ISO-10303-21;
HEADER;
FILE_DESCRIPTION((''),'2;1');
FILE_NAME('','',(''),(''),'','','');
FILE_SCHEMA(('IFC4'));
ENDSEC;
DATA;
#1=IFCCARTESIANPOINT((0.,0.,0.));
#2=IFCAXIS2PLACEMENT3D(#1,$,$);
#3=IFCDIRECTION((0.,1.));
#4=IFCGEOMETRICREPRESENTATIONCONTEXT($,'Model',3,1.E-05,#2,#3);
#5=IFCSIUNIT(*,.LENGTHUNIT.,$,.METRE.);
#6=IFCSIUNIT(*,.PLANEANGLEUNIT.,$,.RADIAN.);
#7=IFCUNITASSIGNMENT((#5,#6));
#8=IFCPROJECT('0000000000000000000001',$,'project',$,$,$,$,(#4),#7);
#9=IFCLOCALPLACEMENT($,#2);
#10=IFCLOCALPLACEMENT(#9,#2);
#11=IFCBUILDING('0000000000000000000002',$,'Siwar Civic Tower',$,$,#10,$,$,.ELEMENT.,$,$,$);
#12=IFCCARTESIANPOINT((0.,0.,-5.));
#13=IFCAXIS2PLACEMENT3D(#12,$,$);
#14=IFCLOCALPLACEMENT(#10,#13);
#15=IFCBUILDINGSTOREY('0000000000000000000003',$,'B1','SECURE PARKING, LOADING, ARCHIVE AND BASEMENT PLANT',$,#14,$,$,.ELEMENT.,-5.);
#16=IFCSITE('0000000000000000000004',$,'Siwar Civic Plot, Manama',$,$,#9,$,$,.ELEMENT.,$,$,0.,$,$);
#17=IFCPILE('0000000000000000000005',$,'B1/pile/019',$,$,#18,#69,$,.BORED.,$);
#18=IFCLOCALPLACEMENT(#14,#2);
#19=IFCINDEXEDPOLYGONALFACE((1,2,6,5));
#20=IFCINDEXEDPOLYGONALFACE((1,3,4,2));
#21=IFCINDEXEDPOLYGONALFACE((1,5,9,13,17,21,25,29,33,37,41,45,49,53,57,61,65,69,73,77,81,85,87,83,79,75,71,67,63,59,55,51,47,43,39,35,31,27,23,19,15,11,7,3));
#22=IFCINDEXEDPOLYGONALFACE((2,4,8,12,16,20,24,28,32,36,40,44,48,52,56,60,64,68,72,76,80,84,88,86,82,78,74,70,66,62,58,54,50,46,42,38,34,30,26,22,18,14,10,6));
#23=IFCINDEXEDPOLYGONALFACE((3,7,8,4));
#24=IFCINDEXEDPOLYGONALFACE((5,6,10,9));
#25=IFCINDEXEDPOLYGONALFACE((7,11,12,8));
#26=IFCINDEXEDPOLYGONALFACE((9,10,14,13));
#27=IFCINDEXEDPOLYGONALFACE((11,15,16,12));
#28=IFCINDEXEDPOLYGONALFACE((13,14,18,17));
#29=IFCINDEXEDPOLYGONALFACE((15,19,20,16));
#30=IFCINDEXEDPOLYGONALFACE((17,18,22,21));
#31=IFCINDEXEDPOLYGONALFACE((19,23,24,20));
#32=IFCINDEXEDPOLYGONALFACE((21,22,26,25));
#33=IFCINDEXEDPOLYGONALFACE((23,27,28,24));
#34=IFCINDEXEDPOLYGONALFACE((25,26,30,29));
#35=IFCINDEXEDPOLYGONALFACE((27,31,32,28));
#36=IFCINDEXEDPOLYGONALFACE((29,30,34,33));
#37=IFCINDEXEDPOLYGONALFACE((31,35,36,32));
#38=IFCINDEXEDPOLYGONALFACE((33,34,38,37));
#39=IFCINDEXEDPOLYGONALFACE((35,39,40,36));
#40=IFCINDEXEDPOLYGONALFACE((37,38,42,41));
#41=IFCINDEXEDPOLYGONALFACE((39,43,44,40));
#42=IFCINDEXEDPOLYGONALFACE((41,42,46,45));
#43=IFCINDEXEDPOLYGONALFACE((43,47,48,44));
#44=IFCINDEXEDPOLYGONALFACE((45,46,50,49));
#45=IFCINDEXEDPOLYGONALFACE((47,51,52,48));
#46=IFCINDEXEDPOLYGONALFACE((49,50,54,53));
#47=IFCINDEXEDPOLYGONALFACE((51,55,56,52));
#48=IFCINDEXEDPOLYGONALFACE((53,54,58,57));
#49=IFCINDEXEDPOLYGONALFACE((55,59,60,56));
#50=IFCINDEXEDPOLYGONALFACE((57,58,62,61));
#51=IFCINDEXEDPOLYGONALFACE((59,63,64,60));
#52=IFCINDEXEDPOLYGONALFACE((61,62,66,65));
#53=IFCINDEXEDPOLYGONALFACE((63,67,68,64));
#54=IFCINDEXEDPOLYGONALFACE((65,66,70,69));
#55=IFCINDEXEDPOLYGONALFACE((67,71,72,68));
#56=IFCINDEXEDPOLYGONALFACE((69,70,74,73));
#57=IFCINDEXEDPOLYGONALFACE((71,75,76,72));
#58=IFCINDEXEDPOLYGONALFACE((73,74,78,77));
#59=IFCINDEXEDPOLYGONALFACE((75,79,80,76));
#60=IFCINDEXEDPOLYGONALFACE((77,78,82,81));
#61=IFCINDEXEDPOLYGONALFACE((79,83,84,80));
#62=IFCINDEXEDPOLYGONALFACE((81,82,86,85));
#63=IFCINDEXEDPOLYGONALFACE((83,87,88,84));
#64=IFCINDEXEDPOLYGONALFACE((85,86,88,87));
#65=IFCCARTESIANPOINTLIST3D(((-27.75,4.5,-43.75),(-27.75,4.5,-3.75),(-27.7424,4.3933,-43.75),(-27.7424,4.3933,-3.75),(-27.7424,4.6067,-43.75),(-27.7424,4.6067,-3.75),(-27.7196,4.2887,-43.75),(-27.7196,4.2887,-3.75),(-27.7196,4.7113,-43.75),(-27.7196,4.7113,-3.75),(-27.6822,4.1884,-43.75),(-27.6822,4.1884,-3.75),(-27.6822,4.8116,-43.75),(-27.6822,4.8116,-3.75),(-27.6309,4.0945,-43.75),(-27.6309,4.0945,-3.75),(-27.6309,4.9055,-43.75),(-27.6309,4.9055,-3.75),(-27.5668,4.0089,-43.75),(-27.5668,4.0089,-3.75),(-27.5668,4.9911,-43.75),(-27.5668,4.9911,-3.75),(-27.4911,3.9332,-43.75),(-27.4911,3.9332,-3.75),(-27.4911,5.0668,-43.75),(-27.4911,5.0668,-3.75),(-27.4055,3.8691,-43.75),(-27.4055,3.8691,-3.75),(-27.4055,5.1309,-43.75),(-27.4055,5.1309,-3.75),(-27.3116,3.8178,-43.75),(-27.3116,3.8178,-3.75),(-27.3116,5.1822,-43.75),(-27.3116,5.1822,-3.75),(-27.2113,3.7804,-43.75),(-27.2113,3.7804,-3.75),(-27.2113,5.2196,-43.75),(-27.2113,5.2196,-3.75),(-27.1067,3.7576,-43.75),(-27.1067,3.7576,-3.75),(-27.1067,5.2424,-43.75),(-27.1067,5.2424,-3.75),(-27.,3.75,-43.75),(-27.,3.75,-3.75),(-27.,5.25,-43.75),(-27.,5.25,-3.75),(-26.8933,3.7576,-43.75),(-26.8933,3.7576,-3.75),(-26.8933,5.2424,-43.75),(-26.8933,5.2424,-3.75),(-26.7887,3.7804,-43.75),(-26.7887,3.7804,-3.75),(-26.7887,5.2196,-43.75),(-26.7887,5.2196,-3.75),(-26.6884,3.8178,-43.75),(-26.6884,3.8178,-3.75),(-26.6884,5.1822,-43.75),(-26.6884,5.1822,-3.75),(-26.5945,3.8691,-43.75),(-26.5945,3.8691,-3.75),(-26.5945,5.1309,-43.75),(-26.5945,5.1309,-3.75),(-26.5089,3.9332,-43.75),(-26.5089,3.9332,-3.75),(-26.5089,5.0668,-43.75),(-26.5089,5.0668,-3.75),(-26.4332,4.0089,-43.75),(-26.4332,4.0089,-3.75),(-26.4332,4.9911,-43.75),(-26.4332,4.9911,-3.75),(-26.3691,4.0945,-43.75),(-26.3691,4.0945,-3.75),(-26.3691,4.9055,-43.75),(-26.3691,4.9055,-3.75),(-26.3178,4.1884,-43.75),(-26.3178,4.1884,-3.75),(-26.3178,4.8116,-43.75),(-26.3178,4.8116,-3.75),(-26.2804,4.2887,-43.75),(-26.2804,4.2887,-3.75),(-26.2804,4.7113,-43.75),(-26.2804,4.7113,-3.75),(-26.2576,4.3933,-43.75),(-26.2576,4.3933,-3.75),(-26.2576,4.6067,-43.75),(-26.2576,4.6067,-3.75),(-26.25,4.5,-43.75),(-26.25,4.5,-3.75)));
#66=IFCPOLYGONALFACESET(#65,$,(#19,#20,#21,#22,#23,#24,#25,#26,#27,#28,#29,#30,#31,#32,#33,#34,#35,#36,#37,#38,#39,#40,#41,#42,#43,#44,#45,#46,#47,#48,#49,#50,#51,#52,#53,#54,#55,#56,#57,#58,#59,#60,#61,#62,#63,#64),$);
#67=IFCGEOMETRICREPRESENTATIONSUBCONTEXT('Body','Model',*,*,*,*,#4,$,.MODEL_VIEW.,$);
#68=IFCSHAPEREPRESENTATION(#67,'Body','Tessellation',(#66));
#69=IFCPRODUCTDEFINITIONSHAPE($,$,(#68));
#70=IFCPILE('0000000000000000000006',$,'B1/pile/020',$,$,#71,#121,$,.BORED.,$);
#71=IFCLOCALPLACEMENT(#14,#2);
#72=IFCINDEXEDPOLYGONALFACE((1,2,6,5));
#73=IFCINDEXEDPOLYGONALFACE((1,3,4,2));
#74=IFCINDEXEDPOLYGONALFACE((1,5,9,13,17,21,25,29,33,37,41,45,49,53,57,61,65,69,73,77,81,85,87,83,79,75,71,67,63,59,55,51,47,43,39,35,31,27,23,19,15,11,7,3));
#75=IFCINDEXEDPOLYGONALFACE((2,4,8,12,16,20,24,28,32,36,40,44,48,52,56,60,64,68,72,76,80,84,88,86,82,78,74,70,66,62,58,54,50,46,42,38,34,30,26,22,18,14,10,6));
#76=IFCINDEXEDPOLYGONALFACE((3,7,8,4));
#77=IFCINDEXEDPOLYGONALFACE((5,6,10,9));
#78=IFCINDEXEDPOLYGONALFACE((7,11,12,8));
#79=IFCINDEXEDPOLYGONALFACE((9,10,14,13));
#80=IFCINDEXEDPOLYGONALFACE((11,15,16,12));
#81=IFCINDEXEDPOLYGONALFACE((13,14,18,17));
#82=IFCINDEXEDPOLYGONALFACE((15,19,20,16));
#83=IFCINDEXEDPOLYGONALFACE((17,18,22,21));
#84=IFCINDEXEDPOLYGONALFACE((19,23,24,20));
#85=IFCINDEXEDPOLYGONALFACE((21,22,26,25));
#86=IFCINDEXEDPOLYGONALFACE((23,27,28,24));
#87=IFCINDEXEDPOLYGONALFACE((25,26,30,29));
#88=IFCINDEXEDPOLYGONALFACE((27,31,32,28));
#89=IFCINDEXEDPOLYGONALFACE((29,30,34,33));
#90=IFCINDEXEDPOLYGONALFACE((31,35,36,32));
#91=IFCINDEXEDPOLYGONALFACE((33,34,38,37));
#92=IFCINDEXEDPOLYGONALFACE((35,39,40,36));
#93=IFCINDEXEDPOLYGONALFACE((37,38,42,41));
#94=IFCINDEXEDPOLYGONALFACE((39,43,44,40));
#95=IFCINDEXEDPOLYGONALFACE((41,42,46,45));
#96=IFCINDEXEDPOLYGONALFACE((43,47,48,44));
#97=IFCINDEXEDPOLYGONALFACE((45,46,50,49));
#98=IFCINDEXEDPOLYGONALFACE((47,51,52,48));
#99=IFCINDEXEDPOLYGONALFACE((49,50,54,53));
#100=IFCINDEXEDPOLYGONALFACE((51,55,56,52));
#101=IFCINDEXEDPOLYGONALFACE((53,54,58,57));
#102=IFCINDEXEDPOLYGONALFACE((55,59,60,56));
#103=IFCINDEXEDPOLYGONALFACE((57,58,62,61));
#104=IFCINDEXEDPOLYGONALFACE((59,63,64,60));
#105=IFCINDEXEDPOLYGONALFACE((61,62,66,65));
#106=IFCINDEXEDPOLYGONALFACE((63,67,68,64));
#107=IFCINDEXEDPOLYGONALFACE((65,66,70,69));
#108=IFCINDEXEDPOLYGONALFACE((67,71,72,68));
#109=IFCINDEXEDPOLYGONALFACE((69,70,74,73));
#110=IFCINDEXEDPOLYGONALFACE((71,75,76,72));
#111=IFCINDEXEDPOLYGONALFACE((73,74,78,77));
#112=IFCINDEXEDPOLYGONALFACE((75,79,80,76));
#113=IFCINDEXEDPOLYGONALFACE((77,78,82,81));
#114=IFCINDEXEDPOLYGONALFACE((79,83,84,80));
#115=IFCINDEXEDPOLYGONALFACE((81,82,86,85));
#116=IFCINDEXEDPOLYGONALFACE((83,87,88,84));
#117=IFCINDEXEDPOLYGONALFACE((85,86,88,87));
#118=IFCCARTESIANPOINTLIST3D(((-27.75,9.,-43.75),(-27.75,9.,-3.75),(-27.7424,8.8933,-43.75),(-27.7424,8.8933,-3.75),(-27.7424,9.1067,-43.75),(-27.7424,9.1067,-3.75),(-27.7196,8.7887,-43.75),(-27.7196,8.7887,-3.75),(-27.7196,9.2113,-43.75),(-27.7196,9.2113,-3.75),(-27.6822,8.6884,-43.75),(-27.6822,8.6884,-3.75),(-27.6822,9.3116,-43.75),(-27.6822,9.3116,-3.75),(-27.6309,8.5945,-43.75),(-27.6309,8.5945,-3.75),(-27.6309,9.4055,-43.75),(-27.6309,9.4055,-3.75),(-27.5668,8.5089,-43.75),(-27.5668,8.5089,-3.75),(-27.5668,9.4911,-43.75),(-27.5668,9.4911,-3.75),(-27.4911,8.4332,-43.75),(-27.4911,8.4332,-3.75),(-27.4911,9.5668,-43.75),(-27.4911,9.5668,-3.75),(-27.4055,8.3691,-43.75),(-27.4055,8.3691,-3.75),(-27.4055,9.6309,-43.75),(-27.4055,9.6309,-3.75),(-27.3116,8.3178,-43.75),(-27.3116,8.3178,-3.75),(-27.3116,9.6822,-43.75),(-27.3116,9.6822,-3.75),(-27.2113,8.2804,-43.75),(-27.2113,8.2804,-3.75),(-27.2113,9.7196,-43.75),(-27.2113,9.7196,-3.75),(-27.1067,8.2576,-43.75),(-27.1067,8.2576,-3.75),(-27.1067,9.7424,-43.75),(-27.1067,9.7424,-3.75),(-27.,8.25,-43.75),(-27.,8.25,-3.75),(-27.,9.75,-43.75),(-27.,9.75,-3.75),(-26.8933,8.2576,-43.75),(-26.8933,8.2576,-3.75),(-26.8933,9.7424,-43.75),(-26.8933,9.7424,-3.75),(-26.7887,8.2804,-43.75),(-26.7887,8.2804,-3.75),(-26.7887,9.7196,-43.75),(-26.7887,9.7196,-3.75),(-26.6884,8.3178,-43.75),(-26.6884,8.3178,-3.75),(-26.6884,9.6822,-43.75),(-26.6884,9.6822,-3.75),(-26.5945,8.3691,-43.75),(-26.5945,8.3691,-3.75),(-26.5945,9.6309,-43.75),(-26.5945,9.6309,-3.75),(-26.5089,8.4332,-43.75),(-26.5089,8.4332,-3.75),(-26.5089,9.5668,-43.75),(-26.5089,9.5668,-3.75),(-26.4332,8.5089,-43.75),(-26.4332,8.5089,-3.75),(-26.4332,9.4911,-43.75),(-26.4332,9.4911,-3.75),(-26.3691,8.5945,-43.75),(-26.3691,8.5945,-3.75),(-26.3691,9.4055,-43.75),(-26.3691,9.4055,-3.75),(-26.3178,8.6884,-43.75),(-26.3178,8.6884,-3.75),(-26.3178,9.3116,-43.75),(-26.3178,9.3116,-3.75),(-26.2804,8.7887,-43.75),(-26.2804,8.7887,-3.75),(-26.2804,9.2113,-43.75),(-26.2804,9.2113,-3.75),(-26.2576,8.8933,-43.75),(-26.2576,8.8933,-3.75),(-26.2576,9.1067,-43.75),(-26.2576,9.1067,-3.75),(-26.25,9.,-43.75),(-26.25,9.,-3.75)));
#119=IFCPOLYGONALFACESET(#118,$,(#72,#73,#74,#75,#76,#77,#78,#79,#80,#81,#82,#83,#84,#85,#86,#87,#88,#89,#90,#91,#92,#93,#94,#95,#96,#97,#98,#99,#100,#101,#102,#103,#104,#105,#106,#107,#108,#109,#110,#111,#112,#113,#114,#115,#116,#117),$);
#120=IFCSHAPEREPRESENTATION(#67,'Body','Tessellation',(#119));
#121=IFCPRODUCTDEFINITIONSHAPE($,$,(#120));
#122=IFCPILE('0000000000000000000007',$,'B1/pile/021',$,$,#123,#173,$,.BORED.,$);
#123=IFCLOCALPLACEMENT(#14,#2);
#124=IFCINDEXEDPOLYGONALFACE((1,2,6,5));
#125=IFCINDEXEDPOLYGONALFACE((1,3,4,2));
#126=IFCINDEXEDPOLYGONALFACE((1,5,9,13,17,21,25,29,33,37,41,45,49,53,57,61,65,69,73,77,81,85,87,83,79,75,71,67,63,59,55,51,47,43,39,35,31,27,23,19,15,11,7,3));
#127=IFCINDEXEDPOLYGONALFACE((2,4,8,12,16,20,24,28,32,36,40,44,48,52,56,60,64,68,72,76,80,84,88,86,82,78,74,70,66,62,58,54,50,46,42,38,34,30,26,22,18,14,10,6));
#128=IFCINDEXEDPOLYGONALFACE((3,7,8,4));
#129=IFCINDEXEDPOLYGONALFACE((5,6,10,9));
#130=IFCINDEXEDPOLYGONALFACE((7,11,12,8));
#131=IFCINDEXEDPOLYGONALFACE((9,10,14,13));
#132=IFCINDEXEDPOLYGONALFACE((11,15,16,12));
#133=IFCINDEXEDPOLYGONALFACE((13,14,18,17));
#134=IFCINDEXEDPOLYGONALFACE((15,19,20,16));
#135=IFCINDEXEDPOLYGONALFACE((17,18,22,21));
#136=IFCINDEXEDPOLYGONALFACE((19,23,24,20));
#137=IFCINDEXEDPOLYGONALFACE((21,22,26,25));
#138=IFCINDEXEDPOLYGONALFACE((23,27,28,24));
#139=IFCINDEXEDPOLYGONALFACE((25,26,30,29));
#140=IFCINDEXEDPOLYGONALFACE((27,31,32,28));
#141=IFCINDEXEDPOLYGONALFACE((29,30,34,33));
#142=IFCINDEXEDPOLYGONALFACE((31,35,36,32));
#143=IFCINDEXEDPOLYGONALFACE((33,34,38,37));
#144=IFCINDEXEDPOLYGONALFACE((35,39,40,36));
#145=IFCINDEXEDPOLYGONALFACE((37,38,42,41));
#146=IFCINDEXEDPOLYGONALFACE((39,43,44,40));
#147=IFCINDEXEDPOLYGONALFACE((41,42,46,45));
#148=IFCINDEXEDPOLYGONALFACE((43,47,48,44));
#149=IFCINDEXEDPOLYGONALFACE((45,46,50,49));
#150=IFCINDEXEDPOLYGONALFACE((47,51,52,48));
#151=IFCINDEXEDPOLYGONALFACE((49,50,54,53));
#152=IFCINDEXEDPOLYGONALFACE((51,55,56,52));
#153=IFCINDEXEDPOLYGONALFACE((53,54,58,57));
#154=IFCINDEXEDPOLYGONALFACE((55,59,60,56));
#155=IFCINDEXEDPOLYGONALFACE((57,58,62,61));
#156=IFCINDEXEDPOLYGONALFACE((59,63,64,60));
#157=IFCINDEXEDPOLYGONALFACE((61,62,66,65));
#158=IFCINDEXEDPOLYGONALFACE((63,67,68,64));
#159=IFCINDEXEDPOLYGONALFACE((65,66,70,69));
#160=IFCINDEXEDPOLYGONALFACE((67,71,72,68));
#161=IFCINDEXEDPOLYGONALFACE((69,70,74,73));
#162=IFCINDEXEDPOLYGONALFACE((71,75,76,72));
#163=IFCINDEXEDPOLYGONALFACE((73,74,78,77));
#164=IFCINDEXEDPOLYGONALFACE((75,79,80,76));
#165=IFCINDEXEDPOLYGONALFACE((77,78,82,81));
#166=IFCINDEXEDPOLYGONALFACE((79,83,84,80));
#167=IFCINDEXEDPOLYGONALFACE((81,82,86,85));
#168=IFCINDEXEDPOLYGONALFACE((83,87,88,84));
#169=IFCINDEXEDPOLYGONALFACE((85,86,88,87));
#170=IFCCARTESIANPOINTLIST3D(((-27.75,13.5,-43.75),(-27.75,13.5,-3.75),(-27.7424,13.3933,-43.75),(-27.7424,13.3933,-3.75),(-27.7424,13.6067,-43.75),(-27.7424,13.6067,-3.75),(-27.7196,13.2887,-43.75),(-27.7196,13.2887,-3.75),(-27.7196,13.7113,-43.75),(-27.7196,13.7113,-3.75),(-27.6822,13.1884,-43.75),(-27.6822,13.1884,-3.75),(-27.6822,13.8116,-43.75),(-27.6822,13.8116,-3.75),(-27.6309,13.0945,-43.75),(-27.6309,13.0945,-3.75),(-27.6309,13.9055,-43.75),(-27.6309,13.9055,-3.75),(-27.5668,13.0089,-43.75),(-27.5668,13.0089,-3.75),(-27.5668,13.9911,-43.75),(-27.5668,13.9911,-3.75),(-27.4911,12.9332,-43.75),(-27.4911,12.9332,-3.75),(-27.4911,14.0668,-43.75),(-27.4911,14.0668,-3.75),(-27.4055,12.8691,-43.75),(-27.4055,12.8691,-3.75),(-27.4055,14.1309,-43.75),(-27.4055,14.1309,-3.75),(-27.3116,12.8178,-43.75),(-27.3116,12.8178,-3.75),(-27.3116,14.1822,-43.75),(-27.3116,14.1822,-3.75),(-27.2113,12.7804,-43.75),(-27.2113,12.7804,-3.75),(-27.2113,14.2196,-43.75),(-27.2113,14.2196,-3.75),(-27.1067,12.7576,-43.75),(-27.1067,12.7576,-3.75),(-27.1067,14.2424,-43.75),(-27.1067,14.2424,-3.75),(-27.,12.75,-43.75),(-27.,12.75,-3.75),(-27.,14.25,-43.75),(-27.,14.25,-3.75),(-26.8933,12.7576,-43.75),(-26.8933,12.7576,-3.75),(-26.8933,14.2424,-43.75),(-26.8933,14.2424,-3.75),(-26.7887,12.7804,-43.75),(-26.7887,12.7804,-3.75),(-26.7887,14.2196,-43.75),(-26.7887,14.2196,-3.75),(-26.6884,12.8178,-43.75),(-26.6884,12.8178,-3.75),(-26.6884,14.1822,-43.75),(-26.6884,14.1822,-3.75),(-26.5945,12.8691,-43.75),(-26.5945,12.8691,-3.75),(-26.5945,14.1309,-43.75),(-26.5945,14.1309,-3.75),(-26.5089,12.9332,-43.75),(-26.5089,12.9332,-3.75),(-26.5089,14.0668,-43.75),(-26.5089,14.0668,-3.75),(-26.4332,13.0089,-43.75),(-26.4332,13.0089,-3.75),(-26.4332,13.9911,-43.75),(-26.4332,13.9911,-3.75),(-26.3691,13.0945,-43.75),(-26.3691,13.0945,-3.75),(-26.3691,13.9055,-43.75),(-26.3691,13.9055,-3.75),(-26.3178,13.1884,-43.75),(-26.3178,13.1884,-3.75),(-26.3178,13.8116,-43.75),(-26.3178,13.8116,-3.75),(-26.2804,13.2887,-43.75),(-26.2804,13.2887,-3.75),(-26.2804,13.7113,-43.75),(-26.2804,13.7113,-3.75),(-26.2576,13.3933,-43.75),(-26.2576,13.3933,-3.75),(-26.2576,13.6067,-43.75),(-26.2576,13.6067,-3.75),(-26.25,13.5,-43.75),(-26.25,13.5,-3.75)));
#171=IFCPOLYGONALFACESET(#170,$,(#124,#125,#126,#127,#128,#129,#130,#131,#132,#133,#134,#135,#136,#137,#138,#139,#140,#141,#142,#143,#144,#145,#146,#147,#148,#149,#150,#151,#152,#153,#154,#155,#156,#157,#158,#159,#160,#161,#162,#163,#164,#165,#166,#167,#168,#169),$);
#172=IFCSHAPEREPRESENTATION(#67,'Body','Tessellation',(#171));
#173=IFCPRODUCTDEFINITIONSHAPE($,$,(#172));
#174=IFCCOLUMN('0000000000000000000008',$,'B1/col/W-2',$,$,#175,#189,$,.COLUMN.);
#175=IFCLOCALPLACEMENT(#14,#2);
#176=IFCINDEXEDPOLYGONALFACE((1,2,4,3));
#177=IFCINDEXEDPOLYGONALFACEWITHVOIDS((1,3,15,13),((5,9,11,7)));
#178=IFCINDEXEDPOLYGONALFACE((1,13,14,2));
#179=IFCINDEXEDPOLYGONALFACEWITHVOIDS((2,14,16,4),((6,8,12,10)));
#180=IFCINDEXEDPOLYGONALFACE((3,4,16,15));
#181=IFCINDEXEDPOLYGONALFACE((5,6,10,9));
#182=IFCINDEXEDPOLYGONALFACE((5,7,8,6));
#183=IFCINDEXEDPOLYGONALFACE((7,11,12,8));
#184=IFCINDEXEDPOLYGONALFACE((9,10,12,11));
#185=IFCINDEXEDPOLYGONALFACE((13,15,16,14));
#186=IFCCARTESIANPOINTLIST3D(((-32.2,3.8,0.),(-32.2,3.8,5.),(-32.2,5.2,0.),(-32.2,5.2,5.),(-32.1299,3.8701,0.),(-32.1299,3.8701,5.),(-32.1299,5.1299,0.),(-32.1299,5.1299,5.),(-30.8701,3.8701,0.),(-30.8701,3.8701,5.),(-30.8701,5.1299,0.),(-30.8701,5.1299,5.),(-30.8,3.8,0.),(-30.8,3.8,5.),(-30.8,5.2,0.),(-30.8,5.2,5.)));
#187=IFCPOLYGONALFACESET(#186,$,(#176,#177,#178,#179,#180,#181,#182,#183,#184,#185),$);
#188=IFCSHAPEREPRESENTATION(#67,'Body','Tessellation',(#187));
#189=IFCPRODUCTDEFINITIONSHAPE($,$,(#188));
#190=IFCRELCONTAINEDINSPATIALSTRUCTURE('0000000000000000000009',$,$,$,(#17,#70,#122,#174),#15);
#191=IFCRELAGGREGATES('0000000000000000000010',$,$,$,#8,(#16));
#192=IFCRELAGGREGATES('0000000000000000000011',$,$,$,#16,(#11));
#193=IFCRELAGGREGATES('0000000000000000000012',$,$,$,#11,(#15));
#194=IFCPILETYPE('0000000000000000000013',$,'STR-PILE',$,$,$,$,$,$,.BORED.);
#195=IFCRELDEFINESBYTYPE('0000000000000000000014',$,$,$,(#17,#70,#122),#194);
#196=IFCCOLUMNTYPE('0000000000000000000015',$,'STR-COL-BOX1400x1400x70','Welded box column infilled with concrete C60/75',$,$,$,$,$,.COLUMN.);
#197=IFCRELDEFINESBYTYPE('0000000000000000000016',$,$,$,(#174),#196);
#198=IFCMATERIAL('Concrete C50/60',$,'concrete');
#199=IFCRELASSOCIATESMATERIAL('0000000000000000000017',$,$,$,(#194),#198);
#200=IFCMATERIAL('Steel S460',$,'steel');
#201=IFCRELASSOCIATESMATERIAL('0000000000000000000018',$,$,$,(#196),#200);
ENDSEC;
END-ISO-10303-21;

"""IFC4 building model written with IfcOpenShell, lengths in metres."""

from ifc_helpers import new_model, si_unit, direction, frame, origin, origin_2d, place, context, subcontext, project, spatial, hollow_rectangle, circle, extrude, material, material_profile, profile_set, type_object, element, save


model = new_model("IFC4")

# Units and contexts
model_context = context("Model", 3, precision=1e-05, world=origin(), true_north=direction((0.0, 1.0)))
body_context = subcontext(model_context, "Body", "Model", "MODEL_VIEW")
ifc_project = project(units=[si_unit("LENGTHUNIT", "METRE"), si_unit("PLANEANGLEUNIT", "RADIAN")], contexts=[model_context])

# Site, building, storey
site_placement = place(None, origin())
site = spatial("IfcSite", under=ifc_project, at=site_placement, Name="Siwar Civic Plot, Manama", CompositionType="ELEMENT", RefElevation=0.0)
building_placement = place(site_placement, origin())
building = spatial("IfcBuilding", under=site, at=building_placement, Name="Siwar Civic Tower", CompositionType="ELEMENT")
storey_placement = place(building_placement, frame((0.0, 0.0, -5.0)))
storey = spatial("IfcBuildingStorey", under=building, at=storey_placement, Name="B1", Description="SECURE PARKING, LOADING, ARCHIVE AND BASEMENT PLANT", CompositionType="ELEMENT", Elevation=-5.0)

# Piles
ifc_material_1 = material(Name="Concrete C50/60", Category="concrete")
ifc_material_profile_1 = material_profile(ifc_material_1, circle(Radius=0.75, at=origin_2d()), Name="PILE1500")
ifc_profile_set_1 = profile_set([ifc_material_profile_1], Name="Concrete C50/60")
pile_type = type_object("IfcPileType", Name="STR-PILE", PredefinedType="BORED", material=ifc_profile_set_1)
for number, where, z_axis, x_axis, name in (
    (1, (-27.0, 4.5, -3.75), (0.0, 0.0, -1.0), (1.0, 0.0, 0.0), "B1/pile/019"),
    (2, (-27.0, 9.0, -3.75), (0.0, 0.0, -1.0), (1.0, 0.0, 0.0), "B1/pile/020"),
    (3, (-27.0, 13.5, -3.75), (0.0, 0.0, -1.0), (1.0, 0.0, 0.0), "B1/pile/021"),
):
    element("IfcPile", number, at=place(storey_placement, frame(where, z_axis=z_axis, x_axis=x_axis)), inside=storey, type_object=pile_type, Name=name, PredefinedType="BORED", context=body_context, shape_type="SweptSolid", body=[
        extrude(circle(Radius=0.75, at=origin_2d()), origin(), (0.0, 0.0, 1.0), 40.0),
    ])

# Column
ifc_material_2 = material(Name="Steel S460", Category="steel")
ifc_material_profile_2 = material_profile(ifc_material_2, hollow_rectangle(XDim=1.3999, YDim=1.3999, WallThickness=0.0701, at=origin_2d()), Name="BOX1400x1400x70")
ifc_profile_set_2 = profile_set([ifc_material_profile_2], Name="Steel S460")
column_type = type_object("IfcColumnType", Name="STR-COL-BOX1400x1400x70", Description="Welded box column infilled with concrete C60/75", PredefinedType="COLUMN", material=ifc_profile_set_2)
column_placement = place(storey_placement, frame((-31.5, 4.5, 0.0), z_axis=(0.0, 0.0, 1.0), x_axis=(1.0, 0.0, 0.0)))
element("IfcColumn", 4, at=column_placement, inside=storey, type_object=column_type, Name="B1/col/W-2", PredefinedType="COLUMN", context=body_context, shape_type="SweptSolid", body=[
    extrude(hollow_rectangle(XDim=1.3999, YDim=1.3999, WallThickness=0.0701, at=origin_2d()), origin(), (0.0, 0.0, 1.0), 5.0),
])

save(model, "model.ifc")
